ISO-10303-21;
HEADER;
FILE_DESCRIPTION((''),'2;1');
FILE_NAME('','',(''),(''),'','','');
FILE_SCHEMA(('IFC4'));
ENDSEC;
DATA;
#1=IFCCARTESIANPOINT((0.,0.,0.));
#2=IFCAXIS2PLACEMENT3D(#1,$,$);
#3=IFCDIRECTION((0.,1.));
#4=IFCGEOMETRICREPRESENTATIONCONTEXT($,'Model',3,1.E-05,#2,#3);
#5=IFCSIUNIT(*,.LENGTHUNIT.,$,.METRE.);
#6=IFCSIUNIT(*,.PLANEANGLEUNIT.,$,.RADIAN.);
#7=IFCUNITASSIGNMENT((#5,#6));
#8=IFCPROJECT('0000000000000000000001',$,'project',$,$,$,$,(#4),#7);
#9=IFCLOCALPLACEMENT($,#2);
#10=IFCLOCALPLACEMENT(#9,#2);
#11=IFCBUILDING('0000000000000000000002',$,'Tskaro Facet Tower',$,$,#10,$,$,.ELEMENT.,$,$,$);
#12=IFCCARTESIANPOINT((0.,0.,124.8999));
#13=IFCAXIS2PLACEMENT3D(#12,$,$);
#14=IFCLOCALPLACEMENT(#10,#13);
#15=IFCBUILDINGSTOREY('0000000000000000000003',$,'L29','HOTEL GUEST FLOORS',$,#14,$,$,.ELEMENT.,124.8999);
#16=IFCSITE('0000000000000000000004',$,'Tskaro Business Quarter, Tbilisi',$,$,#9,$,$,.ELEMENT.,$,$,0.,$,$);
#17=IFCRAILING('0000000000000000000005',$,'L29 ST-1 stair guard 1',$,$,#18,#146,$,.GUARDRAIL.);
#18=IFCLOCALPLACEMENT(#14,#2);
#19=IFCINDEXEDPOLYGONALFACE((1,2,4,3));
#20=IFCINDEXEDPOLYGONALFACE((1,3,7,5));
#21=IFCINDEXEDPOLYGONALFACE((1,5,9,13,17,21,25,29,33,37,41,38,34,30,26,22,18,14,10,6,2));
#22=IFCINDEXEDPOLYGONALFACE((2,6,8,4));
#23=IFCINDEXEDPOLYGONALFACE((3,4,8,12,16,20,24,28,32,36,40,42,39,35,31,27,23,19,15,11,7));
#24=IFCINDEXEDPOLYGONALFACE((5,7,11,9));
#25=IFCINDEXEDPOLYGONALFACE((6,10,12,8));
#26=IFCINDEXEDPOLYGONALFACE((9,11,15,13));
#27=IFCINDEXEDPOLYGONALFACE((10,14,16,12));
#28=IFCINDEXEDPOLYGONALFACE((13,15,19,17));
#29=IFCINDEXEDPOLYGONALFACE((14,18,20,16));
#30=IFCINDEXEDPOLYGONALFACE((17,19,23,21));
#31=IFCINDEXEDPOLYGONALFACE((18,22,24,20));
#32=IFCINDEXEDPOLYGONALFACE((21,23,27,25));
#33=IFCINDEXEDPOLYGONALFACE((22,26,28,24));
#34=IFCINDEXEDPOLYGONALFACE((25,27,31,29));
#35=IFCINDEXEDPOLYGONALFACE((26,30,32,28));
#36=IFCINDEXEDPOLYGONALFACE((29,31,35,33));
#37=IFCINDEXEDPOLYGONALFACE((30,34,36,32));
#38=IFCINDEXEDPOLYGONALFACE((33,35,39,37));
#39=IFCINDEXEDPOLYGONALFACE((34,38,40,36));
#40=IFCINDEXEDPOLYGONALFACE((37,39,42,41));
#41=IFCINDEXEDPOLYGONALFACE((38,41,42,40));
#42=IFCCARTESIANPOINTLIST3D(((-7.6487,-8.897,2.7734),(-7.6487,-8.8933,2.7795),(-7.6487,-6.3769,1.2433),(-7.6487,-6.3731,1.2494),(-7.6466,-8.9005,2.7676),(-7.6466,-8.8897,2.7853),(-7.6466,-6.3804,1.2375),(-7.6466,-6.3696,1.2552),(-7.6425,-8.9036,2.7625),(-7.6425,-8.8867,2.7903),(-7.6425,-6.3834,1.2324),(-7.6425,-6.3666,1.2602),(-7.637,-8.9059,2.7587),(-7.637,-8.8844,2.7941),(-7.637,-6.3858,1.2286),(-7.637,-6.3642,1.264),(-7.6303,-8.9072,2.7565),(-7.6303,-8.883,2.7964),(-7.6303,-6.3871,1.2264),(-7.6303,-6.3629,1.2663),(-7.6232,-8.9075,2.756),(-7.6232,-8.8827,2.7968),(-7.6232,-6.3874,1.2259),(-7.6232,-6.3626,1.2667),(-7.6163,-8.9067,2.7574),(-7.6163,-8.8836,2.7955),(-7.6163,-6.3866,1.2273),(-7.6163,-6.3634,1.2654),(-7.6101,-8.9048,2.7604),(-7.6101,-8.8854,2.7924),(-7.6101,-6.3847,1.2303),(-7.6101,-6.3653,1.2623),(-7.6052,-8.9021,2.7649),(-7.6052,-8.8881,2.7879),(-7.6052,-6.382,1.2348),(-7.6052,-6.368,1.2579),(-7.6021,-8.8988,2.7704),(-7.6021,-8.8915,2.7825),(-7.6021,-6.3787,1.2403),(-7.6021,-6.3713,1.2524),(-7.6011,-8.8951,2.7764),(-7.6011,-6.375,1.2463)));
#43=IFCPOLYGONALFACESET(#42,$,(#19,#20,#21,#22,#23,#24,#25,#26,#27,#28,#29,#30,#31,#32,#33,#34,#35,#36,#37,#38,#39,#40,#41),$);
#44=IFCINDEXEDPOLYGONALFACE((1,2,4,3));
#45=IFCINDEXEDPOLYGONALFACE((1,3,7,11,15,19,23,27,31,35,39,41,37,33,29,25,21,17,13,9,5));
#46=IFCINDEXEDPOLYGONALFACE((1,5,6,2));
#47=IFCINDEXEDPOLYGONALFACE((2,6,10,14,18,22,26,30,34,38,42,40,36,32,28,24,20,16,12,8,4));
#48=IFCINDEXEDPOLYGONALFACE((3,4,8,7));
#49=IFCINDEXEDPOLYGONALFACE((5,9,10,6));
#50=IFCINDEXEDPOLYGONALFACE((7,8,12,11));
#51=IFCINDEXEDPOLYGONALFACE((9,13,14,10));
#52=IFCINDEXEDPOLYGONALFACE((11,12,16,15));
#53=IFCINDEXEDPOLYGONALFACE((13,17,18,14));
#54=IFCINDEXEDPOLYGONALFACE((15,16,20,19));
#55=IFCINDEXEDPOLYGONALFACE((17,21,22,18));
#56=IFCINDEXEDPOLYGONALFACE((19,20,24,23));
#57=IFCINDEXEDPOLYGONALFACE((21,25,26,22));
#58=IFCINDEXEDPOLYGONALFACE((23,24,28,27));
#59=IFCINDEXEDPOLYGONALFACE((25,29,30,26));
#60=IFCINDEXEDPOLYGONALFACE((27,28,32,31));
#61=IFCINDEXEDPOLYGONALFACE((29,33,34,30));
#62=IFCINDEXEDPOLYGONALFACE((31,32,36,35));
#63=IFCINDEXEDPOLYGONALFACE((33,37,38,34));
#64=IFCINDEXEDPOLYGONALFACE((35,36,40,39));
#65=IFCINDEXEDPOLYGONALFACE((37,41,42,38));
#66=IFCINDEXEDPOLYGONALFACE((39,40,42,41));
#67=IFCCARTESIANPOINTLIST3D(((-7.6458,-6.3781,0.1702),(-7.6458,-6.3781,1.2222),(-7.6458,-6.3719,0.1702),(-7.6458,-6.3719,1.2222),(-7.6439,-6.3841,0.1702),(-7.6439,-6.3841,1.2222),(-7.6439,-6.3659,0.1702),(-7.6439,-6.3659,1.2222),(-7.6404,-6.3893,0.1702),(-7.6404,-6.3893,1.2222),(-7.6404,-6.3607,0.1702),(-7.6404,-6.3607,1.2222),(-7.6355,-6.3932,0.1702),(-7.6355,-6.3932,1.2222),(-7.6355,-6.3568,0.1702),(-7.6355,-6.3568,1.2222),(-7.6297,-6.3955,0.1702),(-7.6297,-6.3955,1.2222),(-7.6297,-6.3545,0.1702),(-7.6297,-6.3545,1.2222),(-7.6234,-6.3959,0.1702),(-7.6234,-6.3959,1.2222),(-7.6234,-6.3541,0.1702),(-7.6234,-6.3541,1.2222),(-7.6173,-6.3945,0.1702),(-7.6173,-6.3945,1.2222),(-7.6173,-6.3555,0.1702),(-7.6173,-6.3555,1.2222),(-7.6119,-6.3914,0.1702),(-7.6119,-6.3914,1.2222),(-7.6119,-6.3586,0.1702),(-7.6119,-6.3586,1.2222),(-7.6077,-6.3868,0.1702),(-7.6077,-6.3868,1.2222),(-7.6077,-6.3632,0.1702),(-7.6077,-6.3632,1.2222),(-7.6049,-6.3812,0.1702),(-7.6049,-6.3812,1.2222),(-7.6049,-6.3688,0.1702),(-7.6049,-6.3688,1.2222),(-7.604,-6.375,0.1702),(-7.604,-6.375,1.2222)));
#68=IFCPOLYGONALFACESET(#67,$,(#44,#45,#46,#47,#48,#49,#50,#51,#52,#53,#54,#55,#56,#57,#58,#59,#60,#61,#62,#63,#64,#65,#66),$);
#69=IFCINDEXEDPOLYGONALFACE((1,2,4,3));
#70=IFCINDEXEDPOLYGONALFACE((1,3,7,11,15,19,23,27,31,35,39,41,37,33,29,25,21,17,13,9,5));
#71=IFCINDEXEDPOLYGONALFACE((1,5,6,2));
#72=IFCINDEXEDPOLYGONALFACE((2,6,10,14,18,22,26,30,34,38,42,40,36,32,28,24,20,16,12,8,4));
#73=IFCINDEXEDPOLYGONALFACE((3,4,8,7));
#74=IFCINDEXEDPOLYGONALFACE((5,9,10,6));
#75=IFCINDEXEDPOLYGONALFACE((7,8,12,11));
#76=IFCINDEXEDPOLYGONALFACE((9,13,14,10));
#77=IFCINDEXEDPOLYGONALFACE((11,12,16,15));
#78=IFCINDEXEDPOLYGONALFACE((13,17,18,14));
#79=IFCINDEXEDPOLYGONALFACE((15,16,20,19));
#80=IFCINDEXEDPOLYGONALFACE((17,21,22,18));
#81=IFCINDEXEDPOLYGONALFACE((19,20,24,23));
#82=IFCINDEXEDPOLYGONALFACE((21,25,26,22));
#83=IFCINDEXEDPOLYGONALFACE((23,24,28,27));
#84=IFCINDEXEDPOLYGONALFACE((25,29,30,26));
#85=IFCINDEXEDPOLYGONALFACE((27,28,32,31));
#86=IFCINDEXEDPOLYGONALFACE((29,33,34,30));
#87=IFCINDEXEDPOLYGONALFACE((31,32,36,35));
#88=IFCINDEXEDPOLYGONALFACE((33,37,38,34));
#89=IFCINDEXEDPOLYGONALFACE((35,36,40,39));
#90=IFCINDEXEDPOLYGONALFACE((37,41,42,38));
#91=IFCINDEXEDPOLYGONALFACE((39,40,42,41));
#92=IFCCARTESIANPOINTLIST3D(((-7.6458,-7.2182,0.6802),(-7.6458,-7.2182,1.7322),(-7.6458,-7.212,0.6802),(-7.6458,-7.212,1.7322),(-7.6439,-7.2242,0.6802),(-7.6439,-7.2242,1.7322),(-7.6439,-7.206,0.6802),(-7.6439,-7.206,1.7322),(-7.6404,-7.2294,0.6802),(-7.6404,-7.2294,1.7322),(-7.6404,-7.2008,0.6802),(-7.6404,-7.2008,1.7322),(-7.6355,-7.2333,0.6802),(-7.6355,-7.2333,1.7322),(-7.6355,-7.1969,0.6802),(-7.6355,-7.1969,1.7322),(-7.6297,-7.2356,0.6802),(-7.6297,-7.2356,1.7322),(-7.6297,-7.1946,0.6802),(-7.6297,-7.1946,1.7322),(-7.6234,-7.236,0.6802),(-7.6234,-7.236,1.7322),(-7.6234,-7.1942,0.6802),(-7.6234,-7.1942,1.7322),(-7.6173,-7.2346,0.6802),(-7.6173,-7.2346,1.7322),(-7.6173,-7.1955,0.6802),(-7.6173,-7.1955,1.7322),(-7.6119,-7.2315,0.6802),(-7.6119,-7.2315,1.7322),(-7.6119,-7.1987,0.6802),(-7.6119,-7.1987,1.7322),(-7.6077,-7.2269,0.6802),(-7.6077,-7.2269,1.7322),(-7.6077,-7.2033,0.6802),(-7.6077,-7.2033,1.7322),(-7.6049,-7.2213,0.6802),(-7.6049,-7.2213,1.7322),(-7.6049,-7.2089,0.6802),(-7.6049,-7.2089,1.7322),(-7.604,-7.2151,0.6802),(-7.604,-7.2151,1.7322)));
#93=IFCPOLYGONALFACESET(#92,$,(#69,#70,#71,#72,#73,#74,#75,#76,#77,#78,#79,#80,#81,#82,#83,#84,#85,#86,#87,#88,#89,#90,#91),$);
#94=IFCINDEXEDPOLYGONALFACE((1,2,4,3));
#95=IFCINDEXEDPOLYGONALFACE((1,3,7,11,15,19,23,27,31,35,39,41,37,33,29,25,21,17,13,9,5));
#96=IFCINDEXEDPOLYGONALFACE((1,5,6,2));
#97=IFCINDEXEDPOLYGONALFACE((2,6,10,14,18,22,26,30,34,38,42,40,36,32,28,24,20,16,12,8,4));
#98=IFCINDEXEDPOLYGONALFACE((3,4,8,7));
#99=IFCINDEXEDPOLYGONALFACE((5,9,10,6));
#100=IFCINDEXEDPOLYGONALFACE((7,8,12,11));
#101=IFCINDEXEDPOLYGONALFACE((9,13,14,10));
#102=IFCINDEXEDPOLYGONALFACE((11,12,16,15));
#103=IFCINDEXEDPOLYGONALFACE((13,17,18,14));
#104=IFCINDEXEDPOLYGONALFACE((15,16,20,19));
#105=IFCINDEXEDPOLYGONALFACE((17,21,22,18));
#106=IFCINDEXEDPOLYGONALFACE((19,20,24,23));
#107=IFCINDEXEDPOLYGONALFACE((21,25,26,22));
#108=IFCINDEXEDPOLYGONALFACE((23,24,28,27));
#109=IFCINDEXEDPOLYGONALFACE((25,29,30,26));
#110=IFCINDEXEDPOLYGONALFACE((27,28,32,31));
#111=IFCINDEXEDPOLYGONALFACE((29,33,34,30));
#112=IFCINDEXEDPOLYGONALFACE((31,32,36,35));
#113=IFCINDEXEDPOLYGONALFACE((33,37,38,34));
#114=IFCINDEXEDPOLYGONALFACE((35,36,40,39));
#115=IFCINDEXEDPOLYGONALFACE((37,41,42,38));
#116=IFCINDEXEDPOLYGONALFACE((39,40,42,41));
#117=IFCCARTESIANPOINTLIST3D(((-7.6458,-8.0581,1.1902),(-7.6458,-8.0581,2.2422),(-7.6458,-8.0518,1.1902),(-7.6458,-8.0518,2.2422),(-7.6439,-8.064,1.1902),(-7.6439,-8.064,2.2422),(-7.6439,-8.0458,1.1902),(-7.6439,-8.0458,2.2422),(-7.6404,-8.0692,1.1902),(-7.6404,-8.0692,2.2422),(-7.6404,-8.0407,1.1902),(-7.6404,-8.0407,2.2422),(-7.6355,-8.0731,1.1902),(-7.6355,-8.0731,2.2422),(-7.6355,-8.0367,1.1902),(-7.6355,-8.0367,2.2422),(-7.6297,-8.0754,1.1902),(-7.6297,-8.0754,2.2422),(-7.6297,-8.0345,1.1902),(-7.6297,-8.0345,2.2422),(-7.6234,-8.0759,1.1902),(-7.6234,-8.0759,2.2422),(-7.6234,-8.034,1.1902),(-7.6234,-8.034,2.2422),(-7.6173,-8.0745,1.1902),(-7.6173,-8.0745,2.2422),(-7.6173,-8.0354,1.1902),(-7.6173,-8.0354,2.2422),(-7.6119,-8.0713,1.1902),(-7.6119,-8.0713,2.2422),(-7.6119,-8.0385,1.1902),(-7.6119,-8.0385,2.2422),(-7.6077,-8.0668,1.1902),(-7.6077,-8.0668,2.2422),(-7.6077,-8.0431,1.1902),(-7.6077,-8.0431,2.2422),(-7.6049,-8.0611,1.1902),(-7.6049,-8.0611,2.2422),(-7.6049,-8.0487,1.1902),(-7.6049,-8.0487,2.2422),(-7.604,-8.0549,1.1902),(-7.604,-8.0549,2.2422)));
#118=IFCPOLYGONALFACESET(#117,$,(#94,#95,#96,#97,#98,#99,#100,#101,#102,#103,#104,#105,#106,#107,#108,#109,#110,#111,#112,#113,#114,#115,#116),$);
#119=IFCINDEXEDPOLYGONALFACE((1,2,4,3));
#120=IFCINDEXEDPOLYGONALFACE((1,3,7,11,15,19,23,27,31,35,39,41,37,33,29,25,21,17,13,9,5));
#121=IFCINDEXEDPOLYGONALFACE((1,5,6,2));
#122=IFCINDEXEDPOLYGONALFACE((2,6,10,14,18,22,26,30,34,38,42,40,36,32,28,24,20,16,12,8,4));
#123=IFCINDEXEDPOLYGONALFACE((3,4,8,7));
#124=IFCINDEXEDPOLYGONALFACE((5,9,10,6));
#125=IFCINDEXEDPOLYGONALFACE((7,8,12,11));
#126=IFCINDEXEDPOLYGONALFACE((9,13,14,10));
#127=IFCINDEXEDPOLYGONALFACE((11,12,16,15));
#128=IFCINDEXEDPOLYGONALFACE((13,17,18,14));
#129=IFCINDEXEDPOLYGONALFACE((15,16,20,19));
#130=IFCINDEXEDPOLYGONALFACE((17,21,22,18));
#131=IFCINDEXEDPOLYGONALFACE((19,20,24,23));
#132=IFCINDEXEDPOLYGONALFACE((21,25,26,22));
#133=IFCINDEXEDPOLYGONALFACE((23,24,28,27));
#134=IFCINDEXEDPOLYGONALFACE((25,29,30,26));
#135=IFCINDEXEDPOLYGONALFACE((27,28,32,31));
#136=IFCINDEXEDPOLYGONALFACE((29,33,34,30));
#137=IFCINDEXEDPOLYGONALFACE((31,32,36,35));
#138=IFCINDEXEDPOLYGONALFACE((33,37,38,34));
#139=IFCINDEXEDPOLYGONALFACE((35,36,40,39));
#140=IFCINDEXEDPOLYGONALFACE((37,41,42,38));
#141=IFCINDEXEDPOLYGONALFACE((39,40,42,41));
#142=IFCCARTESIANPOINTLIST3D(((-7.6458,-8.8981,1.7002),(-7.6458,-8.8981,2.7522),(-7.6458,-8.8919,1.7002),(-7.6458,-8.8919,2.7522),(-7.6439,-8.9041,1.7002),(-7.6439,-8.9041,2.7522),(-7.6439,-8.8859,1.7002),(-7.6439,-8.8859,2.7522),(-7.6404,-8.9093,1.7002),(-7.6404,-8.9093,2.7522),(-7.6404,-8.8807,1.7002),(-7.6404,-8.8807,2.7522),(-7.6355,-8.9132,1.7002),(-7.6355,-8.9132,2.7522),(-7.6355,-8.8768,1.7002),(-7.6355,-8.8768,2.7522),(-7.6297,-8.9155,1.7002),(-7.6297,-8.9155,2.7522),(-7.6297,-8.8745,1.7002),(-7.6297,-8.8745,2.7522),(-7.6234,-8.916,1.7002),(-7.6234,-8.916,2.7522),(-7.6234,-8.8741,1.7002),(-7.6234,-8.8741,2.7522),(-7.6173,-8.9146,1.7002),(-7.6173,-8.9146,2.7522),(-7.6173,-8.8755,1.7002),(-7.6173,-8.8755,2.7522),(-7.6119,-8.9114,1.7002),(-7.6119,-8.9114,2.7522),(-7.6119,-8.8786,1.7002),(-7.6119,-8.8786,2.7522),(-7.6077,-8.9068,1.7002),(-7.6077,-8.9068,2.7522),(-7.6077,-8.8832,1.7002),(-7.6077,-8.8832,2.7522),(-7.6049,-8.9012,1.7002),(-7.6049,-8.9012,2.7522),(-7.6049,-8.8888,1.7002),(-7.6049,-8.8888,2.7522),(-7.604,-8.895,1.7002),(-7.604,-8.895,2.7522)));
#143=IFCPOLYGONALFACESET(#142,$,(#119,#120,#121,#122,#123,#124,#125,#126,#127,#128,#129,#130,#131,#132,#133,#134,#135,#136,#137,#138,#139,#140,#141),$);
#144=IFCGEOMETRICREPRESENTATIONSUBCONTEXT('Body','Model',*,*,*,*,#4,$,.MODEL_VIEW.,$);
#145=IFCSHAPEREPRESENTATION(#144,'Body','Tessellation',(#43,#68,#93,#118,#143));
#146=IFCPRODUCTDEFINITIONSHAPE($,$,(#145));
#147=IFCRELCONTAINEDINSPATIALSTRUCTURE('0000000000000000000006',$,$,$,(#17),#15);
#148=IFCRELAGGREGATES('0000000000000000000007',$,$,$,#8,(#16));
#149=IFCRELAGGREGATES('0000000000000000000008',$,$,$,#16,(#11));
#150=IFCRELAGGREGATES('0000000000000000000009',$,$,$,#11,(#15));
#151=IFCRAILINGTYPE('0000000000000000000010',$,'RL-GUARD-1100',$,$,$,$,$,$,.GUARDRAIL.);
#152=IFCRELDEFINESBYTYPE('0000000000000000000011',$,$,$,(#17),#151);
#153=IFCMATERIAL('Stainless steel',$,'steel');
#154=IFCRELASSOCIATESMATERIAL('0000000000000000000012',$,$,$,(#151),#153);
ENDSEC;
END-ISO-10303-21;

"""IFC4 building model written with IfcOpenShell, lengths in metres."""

from ifc_helpers import new_model, si_unit, direction, frame, origin, origin_2d, place, context, subcontext, project, spatial, circle, extrude, material, type_object, element, save


model = new_model("IFC4")

# Units and contexts
model_context = context("Model", 3, precision=1e-05, world=origin(), true_north=direction((0.0, 1.0)))
body_context = subcontext(model_context, "Body", "Model", "MODEL_VIEW")
ifc_project = project(units=[si_unit("LENGTHUNIT", "METRE"), si_unit("PLANEANGLEUNIT", "RADIAN")], contexts=[model_context])

# Site, building, storey
site_placement = place(None, origin())
site = spatial("IfcSite", under=ifc_project, at=site_placement, Name="Tskaro Business Quarter, Tbilisi", CompositionType="ELEMENT", RefElevation=0.0)
building_placement = place(site_placement, origin())
building = spatial("IfcBuilding", under=site, at=building_placement, Name="Tskaro Facet Tower", CompositionType="ELEMENT")
storey_placement = place(building_placement, frame((0.0, 0.0, 124.8999)))
storey = spatial("IfcBuildingStorey", under=building, at=storey_placement, Name="L29", Description="HOTEL GUEST FLOORS", CompositionType="ELEMENT", Elevation=124.8999)

# Shared definitions
ifc_material_1 = material(Name="Stainless steel", Category="steel")

# Railing
railing_type_1 = type_object("IfcRailingType", Name="RL-GUARD-1100", PredefinedType="GUARDRAIL", material=ifc_material_1)
railing_1_placement = place(storey_placement, frame((-7.625, -6.375, 0.1702)))
element("IfcRailing", 1, at=railing_1_placement, inside=storey, type_object=railing_type_1, Name="L29 ST-1 stair guard 1", PredefinedType="GUARDRAIL", context=body_context, shape_type="SweptSolid", body=[
    extrude(circle(Radius=0.0239, at=origin_2d()), frame((0.0, 0.0, 1.0762), z_axis=(0.0, -0.854785, 0.518982), x_axis=(1.0, 0.0, 0.0)), (0.0, 0.0, 1.0), 2.9482),
    extrude(circle(Radius=0.021, at=origin_2d()), origin(), (0.0, 0.0, 1.0), 1.052),
    extrude(circle(Radius=0.021, at=origin_2d()), frame((0.0, -0.8401, 0.51)), (0.0, 0.0, 1.0), 1.052),
    extrude(circle(Radius=0.021, at=origin_2d()), frame((0.0, -1.6799, 1.02)), (0.0, 0.0, 1.0), 1.052),
    extrude(circle(Radius=0.021, at=origin_2d()), frame((0.0, -2.52, 1.53)), (0.0, 0.0, 1.0), 1.052),
])

save(model, "model.ifc")
